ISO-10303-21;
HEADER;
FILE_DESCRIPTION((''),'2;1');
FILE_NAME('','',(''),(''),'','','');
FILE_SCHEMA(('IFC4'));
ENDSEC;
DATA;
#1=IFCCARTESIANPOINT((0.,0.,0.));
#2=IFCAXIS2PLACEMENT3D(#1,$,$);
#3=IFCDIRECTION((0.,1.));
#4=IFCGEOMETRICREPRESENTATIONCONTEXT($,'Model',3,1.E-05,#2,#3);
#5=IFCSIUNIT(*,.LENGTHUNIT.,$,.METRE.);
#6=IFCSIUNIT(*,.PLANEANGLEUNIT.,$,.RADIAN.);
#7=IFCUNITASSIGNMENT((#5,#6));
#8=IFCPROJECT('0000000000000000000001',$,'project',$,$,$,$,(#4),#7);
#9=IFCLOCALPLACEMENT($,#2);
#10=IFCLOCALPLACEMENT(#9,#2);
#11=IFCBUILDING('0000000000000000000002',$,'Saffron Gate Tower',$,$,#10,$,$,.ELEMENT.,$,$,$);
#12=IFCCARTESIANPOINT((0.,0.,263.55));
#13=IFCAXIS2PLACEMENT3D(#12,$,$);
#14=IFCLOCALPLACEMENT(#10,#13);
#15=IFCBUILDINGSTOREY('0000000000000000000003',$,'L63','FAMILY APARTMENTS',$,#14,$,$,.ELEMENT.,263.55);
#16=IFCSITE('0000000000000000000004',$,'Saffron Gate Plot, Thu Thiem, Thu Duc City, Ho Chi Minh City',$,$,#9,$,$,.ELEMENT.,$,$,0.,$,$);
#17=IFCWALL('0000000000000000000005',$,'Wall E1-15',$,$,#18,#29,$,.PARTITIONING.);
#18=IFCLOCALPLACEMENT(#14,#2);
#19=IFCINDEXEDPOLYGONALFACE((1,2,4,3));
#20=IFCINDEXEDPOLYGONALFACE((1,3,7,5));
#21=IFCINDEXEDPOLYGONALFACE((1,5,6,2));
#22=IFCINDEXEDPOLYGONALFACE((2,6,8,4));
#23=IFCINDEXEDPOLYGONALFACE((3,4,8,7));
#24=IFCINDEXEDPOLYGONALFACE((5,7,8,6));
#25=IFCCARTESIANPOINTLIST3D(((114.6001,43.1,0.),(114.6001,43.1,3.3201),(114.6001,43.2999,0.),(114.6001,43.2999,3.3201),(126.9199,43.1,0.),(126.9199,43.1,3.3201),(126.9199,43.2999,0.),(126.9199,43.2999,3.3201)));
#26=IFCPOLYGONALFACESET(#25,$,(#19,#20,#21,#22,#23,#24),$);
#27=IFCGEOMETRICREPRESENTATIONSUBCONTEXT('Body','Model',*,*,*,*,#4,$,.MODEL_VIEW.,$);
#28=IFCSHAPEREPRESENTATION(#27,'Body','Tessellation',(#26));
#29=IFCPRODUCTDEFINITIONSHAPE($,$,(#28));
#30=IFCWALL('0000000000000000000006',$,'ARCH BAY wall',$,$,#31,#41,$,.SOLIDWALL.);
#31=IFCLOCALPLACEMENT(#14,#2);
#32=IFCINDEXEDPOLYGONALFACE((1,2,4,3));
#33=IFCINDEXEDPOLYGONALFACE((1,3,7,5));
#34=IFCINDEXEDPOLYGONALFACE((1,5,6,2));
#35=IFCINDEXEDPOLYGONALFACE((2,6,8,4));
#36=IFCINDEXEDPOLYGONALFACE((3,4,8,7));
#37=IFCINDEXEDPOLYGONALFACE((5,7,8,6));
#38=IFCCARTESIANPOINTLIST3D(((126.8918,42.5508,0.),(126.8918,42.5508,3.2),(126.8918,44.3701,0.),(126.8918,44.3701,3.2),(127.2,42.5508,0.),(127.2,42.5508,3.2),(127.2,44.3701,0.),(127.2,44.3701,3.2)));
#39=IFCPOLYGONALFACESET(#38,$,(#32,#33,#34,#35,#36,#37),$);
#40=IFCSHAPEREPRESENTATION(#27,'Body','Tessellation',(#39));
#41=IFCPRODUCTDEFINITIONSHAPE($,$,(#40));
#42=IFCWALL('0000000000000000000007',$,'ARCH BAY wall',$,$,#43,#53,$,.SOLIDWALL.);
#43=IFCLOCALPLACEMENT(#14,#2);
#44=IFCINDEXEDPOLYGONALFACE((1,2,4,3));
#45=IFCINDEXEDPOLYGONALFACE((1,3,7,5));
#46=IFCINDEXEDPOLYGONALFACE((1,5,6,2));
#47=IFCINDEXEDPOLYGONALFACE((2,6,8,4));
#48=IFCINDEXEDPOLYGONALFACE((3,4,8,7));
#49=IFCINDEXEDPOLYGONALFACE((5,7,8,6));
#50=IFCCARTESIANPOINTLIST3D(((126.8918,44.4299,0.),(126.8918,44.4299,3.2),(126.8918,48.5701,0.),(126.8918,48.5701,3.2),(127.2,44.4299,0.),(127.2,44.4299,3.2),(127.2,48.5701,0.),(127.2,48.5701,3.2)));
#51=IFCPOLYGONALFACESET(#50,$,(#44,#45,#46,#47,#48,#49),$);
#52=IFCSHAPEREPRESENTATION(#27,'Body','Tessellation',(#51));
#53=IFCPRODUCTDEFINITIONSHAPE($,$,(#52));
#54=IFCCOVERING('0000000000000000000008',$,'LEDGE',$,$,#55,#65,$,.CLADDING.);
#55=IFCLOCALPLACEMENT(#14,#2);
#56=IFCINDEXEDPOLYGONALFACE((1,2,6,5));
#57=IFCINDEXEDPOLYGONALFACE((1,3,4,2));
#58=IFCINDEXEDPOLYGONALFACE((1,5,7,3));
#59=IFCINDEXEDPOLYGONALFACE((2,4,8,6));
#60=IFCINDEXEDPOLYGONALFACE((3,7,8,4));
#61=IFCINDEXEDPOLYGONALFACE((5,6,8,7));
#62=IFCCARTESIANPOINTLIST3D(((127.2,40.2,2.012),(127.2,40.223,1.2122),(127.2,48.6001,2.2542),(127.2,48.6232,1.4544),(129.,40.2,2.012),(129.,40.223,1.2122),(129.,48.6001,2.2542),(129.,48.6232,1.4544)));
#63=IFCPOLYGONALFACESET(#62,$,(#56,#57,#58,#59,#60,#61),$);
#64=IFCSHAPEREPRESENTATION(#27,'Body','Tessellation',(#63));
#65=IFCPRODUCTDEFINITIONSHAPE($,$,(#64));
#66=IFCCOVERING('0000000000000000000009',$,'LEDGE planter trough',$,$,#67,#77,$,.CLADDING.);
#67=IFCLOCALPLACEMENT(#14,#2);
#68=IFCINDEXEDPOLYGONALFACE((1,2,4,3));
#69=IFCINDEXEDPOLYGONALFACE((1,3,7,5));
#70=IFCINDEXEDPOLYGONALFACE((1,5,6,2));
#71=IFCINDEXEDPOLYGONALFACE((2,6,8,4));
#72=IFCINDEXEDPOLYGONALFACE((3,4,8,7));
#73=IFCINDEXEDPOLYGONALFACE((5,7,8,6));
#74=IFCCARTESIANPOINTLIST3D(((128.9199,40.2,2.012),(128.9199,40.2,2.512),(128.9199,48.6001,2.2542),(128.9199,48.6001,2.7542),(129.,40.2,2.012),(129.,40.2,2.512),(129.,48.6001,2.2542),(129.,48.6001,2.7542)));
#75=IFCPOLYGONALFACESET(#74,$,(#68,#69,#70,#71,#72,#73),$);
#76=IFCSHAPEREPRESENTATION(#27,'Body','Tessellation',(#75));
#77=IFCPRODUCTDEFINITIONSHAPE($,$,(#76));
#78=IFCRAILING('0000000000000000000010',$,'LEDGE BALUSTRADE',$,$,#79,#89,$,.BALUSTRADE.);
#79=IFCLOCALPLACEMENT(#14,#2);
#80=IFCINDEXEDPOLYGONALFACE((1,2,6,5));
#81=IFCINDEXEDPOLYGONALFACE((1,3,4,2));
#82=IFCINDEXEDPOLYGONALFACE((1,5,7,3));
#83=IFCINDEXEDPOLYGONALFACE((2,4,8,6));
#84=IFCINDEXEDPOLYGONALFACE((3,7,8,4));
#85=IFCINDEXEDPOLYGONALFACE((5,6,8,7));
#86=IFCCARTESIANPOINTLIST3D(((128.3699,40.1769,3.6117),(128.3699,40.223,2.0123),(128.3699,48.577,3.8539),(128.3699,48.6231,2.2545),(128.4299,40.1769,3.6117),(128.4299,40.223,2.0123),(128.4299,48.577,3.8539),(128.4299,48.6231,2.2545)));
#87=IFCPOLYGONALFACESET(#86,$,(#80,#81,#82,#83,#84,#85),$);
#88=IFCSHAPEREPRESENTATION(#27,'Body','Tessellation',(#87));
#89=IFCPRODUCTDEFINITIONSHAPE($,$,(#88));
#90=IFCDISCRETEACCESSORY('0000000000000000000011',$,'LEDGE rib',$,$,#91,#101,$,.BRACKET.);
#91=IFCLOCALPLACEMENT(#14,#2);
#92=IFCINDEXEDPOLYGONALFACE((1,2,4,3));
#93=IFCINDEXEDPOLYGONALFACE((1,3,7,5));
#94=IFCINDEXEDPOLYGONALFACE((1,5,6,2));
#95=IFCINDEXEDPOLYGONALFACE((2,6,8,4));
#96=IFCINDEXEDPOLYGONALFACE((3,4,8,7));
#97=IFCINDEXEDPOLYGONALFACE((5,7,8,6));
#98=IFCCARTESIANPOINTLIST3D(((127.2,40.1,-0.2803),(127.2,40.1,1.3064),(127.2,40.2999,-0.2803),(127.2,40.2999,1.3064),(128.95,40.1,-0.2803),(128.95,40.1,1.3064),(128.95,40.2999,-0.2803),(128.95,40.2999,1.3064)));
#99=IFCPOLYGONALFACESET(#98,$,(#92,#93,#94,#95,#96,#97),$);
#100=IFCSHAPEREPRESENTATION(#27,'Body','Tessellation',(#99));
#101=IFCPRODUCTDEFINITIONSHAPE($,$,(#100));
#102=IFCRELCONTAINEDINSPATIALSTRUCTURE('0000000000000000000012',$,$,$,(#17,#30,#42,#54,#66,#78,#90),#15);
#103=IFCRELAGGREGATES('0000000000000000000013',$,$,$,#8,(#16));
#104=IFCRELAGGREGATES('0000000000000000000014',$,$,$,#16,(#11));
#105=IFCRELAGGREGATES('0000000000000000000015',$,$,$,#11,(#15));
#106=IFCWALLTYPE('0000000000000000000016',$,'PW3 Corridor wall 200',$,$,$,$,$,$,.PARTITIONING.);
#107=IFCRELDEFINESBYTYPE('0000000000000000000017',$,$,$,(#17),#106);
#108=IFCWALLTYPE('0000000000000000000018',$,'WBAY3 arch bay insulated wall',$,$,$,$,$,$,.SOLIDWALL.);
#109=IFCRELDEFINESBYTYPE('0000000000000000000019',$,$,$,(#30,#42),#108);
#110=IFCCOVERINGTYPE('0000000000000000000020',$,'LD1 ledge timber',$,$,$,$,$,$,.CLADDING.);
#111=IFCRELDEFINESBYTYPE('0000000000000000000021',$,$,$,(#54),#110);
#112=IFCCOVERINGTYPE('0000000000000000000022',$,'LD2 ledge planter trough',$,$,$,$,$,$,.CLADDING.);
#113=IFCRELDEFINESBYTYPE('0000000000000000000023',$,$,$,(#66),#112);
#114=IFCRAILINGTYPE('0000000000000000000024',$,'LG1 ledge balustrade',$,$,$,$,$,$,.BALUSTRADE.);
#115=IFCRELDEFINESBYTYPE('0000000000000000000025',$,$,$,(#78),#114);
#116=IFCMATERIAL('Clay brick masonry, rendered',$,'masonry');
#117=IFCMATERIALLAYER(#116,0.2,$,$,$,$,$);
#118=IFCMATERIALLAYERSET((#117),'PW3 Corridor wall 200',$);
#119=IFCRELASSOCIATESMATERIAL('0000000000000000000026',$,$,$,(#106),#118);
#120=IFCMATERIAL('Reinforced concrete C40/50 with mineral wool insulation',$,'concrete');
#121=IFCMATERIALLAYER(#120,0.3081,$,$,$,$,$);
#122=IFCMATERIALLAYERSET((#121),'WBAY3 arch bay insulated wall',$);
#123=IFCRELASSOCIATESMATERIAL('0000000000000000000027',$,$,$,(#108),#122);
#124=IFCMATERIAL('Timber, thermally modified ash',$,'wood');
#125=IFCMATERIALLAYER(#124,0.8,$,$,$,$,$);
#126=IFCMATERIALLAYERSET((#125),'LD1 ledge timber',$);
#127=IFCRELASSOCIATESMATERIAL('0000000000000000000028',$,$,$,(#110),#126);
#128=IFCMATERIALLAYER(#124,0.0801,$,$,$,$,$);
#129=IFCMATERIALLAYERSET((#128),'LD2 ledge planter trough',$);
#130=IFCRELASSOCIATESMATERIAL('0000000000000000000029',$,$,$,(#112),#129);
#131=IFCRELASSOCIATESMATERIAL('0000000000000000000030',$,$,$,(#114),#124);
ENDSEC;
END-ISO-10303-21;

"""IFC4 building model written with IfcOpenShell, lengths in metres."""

from ifc_helpers import new_model, si_unit, direction, frame, frame_2d, origin, origin_2d, place, context, subcontext, project, spatial, polyline, rectangle, outline, extrude, material, layer, layer_set, type_object, element, save


model = new_model("IFC4")

# Units and contexts
model_context = context("Model", 3, precision=1e-05, world=origin(), true_north=direction((0.0, 1.0)))
body_context = subcontext(model_context, "Body", "Model", "MODEL_VIEW")
ifc_project = project(units=[si_unit("LENGTHUNIT", "METRE"), si_unit("PLANEANGLEUNIT", "RADIAN")], contexts=[model_context])

# Site, building, storey
site_placement = place(None, origin())
site = spatial("IfcSite", under=ifc_project, at=site_placement, Name="Saffron Gate Plot, Thu Thiem, Thu Duc City, Ho Chi Minh City", CompositionType="ELEMENT", RefElevation=0.0)
building_placement = place(site_placement, origin())
building = spatial("IfcBuilding", under=site, at=building_placement, Name="Saffron Gate Tower", CompositionType="ELEMENT")
storey_placement = place(building_placement, frame((0.0, 0.0, 263.55)))
storey = spatial("IfcBuildingStorey", under=building, at=storey_placement, Name="L63", Description="FAMILY APARTMENTS", CompositionType="ELEMENT", Elevation=263.55)

# Shared definitions
ifc_material_1 = material(Name="Clay brick masonry, rendered", Category="masonry")
ifc_layer_1 = layer(ifc_material_1, 0.2)
ifc_layer_set_1 = layer_set([ifc_layer_1], Name="PW3 Corridor wall 200")
wall_type_1 = type_object("IfcWallType", Name="PW3 Corridor wall 200", PredefinedType="PARTITIONING", material=ifc_layer_set_1)

# Walls
wall_1_placement = place(storey_placement, frame((114.6001, 43.2, 0.0), z_axis=(0.0, 0.0, 1.0), x_axis=(1.0, 0.0, 0.0)))
element("IfcWall", 1, at=wall_1_placement, inside=storey, type_object=wall_type_1, Name="Wall E1-15", PredefinedType="PARTITIONING", context=body_context, shape_type="SweptSolid", body=[
    extrude(rectangle(XDim=12.3198, YDim=0.2, at=frame_2d((6.1599, 0.0))), origin(), (0.0, 0.0, 1.0), 3.3201),
])
ifc_material_2 = material(Name="Reinforced concrete C40/50 with mineral wool insulation", Category="concrete")
ifc_layer_2 = layer(ifc_material_2, 0.3081)
ifc_layer_set_2 = layer_set([ifc_layer_2], Name="WBAY3 arch bay insulated wall")
wall_type_2 = type_object("IfcWallType", Name="WBAY3 arch bay insulated wall", PredefinedType="SOLIDWALL", material=ifc_layer_set_2)
wall_2_placement = place(storey_placement, frame((127.0459, 44.3701, 0.0), z_axis=(0.0, 0.0, 1.0), x_axis=(0.0, -1.0, 0.0)))
element("IfcWall", 2, at=wall_2_placement, inside=storey, type_object=wall_type_2, Name="ARCH BAY wall", PredefinedType="SOLIDWALL", context=body_context, shape_type="SweptSolid", body=[
    extrude(rectangle(XDim=1.8193, YDim=0.3081, at=frame_2d((0.9097, 0.0))), origin(), (0.0, 0.0, 1.0), 3.2),
])
wall_3_placement = place(storey_placement, frame((127.0459, 48.5701, 0.0), z_axis=(0.0, 0.0, 1.0), x_axis=(0.0, -1.0, 0.0)))
element("IfcWall", 3, at=wall_3_placement, inside=storey, type_object=wall_type_2, Name="ARCH BAY wall", PredefinedType="SOLIDWALL", context=body_context, shape_type="SweptSolid", body=[
    extrude(rectangle(XDim=4.1401, YDim=0.3081, at=frame_2d((2.0701, 0.0))), origin(), (0.0, 0.0, 1.0), 3.2),
])

# Coverings
ifc_material_3 = material(Name="Timber, thermally modified ash", Category="wood")
ifc_layer_3 = layer(ifc_material_3, 0.8)
ifc_layer_set_3 = layer_set([ifc_layer_3], Name="LD1 ledge timber")
covering_type_1 = type_object("IfcCoveringType", Name="LD1 ledge timber", PredefinedType="CLADDING", material=ifc_layer_set_3)
covering_1_placement = place(storey_placement, frame((127.2, 40.2, 2.012), z_axis=(0.0, -0.028819, 0.999585), x_axis=(0.0, 0.999585, 0.028819)))
element("IfcCovering", 4, at=covering_1_placement, inside=storey, type_object=covering_type_1, Name="LEDGE", PredefinedType="CLADDING", context=body_context, shape_type="SweptSolid", body=[
    extrude(outline(polyline([(0.0, 0.0), (8.4036, 0.0), (8.4036, -1.8), (0.0, -1.8), (0.0, 0.0)])), origin(), (0.0, 0.0, -1.0), 0.8),
])
ifc_layer_4 = layer(ifc_material_3, 0.0801)
ifc_layer_set_4 = layer_set([ifc_layer_4], Name="LD2 ledge planter trough")
covering_type_2 = type_object("IfcCoveringType", Name="LD2 ledge planter trough", PredefinedType="CLADDING", material=ifc_layer_set_4)
covering_2_placement = place(storey_placement, frame((129.0, 40.2, 2.012), z_axis=(1.0, 0.0, 0.0), x_axis=(0.0, 0.999585, 0.028819)))
element("IfcCovering", 5, at=covering_2_placement, inside=storey, type_object=covering_type_2, Name="LEDGE planter trough", PredefinedType="CLADDING", context=body_context, shape_type="SweptSolid", body=[
    extrude(outline(polyline([(0.0, 0.0), (8.4036, 0.0), (8.418, 0.4998), (0.0144, 0.4998), (0.0, 0.0)])), origin(), (0.0, 0.0, -1.0), 0.0801),
])

# Railing
railing_type = type_object("IfcRailingType", Name="LG1 ledge balustrade", PredefinedType="BALUSTRADE", material=ifc_material_3)
railing_placement = place(storey_placement, frame((128.3999, 40.2, 2.012)))
element("IfcRailing", 6, at=railing_placement, inside=storey, type_object=railing_type, Name="LEDGE BALUSTRADE", PredefinedType="BALUSTRADE", context=body_context, shape_type="SweptSolid", body=[
    extrude(rectangle(XDim=0.0601, YDim=1.6001, at=origin_2d()), frame((0.0, 0.0, 0.8), z_axis=(0.0, 0.999585, 0.028819), x_axis=(-1.0, 0.0, 0.0)), (0.0, 0.0, 1.0), 8.4036),
])

# Discrete accessory
discrete_accessory_placement = place(storey_placement, frame((128.075, 40.2, -0.2803), z_axis=(0.0, 0.0, 1.0), x_axis=(0.0, 1.0, 0.0)))
element("IfcDiscreteAccessory", 7, at=discrete_accessory_placement, inside=storey, Name="LEDGE rib", PredefinedType="BRACKET", context=body_context, shape_type="SweptSolid", body=[
    extrude(rectangle(XDim=0.2, YDim=1.75, at=origin_2d()), origin(), (0.0, 0.0, 1.0), 1.5867),
])

save(model, "model.ifc")
